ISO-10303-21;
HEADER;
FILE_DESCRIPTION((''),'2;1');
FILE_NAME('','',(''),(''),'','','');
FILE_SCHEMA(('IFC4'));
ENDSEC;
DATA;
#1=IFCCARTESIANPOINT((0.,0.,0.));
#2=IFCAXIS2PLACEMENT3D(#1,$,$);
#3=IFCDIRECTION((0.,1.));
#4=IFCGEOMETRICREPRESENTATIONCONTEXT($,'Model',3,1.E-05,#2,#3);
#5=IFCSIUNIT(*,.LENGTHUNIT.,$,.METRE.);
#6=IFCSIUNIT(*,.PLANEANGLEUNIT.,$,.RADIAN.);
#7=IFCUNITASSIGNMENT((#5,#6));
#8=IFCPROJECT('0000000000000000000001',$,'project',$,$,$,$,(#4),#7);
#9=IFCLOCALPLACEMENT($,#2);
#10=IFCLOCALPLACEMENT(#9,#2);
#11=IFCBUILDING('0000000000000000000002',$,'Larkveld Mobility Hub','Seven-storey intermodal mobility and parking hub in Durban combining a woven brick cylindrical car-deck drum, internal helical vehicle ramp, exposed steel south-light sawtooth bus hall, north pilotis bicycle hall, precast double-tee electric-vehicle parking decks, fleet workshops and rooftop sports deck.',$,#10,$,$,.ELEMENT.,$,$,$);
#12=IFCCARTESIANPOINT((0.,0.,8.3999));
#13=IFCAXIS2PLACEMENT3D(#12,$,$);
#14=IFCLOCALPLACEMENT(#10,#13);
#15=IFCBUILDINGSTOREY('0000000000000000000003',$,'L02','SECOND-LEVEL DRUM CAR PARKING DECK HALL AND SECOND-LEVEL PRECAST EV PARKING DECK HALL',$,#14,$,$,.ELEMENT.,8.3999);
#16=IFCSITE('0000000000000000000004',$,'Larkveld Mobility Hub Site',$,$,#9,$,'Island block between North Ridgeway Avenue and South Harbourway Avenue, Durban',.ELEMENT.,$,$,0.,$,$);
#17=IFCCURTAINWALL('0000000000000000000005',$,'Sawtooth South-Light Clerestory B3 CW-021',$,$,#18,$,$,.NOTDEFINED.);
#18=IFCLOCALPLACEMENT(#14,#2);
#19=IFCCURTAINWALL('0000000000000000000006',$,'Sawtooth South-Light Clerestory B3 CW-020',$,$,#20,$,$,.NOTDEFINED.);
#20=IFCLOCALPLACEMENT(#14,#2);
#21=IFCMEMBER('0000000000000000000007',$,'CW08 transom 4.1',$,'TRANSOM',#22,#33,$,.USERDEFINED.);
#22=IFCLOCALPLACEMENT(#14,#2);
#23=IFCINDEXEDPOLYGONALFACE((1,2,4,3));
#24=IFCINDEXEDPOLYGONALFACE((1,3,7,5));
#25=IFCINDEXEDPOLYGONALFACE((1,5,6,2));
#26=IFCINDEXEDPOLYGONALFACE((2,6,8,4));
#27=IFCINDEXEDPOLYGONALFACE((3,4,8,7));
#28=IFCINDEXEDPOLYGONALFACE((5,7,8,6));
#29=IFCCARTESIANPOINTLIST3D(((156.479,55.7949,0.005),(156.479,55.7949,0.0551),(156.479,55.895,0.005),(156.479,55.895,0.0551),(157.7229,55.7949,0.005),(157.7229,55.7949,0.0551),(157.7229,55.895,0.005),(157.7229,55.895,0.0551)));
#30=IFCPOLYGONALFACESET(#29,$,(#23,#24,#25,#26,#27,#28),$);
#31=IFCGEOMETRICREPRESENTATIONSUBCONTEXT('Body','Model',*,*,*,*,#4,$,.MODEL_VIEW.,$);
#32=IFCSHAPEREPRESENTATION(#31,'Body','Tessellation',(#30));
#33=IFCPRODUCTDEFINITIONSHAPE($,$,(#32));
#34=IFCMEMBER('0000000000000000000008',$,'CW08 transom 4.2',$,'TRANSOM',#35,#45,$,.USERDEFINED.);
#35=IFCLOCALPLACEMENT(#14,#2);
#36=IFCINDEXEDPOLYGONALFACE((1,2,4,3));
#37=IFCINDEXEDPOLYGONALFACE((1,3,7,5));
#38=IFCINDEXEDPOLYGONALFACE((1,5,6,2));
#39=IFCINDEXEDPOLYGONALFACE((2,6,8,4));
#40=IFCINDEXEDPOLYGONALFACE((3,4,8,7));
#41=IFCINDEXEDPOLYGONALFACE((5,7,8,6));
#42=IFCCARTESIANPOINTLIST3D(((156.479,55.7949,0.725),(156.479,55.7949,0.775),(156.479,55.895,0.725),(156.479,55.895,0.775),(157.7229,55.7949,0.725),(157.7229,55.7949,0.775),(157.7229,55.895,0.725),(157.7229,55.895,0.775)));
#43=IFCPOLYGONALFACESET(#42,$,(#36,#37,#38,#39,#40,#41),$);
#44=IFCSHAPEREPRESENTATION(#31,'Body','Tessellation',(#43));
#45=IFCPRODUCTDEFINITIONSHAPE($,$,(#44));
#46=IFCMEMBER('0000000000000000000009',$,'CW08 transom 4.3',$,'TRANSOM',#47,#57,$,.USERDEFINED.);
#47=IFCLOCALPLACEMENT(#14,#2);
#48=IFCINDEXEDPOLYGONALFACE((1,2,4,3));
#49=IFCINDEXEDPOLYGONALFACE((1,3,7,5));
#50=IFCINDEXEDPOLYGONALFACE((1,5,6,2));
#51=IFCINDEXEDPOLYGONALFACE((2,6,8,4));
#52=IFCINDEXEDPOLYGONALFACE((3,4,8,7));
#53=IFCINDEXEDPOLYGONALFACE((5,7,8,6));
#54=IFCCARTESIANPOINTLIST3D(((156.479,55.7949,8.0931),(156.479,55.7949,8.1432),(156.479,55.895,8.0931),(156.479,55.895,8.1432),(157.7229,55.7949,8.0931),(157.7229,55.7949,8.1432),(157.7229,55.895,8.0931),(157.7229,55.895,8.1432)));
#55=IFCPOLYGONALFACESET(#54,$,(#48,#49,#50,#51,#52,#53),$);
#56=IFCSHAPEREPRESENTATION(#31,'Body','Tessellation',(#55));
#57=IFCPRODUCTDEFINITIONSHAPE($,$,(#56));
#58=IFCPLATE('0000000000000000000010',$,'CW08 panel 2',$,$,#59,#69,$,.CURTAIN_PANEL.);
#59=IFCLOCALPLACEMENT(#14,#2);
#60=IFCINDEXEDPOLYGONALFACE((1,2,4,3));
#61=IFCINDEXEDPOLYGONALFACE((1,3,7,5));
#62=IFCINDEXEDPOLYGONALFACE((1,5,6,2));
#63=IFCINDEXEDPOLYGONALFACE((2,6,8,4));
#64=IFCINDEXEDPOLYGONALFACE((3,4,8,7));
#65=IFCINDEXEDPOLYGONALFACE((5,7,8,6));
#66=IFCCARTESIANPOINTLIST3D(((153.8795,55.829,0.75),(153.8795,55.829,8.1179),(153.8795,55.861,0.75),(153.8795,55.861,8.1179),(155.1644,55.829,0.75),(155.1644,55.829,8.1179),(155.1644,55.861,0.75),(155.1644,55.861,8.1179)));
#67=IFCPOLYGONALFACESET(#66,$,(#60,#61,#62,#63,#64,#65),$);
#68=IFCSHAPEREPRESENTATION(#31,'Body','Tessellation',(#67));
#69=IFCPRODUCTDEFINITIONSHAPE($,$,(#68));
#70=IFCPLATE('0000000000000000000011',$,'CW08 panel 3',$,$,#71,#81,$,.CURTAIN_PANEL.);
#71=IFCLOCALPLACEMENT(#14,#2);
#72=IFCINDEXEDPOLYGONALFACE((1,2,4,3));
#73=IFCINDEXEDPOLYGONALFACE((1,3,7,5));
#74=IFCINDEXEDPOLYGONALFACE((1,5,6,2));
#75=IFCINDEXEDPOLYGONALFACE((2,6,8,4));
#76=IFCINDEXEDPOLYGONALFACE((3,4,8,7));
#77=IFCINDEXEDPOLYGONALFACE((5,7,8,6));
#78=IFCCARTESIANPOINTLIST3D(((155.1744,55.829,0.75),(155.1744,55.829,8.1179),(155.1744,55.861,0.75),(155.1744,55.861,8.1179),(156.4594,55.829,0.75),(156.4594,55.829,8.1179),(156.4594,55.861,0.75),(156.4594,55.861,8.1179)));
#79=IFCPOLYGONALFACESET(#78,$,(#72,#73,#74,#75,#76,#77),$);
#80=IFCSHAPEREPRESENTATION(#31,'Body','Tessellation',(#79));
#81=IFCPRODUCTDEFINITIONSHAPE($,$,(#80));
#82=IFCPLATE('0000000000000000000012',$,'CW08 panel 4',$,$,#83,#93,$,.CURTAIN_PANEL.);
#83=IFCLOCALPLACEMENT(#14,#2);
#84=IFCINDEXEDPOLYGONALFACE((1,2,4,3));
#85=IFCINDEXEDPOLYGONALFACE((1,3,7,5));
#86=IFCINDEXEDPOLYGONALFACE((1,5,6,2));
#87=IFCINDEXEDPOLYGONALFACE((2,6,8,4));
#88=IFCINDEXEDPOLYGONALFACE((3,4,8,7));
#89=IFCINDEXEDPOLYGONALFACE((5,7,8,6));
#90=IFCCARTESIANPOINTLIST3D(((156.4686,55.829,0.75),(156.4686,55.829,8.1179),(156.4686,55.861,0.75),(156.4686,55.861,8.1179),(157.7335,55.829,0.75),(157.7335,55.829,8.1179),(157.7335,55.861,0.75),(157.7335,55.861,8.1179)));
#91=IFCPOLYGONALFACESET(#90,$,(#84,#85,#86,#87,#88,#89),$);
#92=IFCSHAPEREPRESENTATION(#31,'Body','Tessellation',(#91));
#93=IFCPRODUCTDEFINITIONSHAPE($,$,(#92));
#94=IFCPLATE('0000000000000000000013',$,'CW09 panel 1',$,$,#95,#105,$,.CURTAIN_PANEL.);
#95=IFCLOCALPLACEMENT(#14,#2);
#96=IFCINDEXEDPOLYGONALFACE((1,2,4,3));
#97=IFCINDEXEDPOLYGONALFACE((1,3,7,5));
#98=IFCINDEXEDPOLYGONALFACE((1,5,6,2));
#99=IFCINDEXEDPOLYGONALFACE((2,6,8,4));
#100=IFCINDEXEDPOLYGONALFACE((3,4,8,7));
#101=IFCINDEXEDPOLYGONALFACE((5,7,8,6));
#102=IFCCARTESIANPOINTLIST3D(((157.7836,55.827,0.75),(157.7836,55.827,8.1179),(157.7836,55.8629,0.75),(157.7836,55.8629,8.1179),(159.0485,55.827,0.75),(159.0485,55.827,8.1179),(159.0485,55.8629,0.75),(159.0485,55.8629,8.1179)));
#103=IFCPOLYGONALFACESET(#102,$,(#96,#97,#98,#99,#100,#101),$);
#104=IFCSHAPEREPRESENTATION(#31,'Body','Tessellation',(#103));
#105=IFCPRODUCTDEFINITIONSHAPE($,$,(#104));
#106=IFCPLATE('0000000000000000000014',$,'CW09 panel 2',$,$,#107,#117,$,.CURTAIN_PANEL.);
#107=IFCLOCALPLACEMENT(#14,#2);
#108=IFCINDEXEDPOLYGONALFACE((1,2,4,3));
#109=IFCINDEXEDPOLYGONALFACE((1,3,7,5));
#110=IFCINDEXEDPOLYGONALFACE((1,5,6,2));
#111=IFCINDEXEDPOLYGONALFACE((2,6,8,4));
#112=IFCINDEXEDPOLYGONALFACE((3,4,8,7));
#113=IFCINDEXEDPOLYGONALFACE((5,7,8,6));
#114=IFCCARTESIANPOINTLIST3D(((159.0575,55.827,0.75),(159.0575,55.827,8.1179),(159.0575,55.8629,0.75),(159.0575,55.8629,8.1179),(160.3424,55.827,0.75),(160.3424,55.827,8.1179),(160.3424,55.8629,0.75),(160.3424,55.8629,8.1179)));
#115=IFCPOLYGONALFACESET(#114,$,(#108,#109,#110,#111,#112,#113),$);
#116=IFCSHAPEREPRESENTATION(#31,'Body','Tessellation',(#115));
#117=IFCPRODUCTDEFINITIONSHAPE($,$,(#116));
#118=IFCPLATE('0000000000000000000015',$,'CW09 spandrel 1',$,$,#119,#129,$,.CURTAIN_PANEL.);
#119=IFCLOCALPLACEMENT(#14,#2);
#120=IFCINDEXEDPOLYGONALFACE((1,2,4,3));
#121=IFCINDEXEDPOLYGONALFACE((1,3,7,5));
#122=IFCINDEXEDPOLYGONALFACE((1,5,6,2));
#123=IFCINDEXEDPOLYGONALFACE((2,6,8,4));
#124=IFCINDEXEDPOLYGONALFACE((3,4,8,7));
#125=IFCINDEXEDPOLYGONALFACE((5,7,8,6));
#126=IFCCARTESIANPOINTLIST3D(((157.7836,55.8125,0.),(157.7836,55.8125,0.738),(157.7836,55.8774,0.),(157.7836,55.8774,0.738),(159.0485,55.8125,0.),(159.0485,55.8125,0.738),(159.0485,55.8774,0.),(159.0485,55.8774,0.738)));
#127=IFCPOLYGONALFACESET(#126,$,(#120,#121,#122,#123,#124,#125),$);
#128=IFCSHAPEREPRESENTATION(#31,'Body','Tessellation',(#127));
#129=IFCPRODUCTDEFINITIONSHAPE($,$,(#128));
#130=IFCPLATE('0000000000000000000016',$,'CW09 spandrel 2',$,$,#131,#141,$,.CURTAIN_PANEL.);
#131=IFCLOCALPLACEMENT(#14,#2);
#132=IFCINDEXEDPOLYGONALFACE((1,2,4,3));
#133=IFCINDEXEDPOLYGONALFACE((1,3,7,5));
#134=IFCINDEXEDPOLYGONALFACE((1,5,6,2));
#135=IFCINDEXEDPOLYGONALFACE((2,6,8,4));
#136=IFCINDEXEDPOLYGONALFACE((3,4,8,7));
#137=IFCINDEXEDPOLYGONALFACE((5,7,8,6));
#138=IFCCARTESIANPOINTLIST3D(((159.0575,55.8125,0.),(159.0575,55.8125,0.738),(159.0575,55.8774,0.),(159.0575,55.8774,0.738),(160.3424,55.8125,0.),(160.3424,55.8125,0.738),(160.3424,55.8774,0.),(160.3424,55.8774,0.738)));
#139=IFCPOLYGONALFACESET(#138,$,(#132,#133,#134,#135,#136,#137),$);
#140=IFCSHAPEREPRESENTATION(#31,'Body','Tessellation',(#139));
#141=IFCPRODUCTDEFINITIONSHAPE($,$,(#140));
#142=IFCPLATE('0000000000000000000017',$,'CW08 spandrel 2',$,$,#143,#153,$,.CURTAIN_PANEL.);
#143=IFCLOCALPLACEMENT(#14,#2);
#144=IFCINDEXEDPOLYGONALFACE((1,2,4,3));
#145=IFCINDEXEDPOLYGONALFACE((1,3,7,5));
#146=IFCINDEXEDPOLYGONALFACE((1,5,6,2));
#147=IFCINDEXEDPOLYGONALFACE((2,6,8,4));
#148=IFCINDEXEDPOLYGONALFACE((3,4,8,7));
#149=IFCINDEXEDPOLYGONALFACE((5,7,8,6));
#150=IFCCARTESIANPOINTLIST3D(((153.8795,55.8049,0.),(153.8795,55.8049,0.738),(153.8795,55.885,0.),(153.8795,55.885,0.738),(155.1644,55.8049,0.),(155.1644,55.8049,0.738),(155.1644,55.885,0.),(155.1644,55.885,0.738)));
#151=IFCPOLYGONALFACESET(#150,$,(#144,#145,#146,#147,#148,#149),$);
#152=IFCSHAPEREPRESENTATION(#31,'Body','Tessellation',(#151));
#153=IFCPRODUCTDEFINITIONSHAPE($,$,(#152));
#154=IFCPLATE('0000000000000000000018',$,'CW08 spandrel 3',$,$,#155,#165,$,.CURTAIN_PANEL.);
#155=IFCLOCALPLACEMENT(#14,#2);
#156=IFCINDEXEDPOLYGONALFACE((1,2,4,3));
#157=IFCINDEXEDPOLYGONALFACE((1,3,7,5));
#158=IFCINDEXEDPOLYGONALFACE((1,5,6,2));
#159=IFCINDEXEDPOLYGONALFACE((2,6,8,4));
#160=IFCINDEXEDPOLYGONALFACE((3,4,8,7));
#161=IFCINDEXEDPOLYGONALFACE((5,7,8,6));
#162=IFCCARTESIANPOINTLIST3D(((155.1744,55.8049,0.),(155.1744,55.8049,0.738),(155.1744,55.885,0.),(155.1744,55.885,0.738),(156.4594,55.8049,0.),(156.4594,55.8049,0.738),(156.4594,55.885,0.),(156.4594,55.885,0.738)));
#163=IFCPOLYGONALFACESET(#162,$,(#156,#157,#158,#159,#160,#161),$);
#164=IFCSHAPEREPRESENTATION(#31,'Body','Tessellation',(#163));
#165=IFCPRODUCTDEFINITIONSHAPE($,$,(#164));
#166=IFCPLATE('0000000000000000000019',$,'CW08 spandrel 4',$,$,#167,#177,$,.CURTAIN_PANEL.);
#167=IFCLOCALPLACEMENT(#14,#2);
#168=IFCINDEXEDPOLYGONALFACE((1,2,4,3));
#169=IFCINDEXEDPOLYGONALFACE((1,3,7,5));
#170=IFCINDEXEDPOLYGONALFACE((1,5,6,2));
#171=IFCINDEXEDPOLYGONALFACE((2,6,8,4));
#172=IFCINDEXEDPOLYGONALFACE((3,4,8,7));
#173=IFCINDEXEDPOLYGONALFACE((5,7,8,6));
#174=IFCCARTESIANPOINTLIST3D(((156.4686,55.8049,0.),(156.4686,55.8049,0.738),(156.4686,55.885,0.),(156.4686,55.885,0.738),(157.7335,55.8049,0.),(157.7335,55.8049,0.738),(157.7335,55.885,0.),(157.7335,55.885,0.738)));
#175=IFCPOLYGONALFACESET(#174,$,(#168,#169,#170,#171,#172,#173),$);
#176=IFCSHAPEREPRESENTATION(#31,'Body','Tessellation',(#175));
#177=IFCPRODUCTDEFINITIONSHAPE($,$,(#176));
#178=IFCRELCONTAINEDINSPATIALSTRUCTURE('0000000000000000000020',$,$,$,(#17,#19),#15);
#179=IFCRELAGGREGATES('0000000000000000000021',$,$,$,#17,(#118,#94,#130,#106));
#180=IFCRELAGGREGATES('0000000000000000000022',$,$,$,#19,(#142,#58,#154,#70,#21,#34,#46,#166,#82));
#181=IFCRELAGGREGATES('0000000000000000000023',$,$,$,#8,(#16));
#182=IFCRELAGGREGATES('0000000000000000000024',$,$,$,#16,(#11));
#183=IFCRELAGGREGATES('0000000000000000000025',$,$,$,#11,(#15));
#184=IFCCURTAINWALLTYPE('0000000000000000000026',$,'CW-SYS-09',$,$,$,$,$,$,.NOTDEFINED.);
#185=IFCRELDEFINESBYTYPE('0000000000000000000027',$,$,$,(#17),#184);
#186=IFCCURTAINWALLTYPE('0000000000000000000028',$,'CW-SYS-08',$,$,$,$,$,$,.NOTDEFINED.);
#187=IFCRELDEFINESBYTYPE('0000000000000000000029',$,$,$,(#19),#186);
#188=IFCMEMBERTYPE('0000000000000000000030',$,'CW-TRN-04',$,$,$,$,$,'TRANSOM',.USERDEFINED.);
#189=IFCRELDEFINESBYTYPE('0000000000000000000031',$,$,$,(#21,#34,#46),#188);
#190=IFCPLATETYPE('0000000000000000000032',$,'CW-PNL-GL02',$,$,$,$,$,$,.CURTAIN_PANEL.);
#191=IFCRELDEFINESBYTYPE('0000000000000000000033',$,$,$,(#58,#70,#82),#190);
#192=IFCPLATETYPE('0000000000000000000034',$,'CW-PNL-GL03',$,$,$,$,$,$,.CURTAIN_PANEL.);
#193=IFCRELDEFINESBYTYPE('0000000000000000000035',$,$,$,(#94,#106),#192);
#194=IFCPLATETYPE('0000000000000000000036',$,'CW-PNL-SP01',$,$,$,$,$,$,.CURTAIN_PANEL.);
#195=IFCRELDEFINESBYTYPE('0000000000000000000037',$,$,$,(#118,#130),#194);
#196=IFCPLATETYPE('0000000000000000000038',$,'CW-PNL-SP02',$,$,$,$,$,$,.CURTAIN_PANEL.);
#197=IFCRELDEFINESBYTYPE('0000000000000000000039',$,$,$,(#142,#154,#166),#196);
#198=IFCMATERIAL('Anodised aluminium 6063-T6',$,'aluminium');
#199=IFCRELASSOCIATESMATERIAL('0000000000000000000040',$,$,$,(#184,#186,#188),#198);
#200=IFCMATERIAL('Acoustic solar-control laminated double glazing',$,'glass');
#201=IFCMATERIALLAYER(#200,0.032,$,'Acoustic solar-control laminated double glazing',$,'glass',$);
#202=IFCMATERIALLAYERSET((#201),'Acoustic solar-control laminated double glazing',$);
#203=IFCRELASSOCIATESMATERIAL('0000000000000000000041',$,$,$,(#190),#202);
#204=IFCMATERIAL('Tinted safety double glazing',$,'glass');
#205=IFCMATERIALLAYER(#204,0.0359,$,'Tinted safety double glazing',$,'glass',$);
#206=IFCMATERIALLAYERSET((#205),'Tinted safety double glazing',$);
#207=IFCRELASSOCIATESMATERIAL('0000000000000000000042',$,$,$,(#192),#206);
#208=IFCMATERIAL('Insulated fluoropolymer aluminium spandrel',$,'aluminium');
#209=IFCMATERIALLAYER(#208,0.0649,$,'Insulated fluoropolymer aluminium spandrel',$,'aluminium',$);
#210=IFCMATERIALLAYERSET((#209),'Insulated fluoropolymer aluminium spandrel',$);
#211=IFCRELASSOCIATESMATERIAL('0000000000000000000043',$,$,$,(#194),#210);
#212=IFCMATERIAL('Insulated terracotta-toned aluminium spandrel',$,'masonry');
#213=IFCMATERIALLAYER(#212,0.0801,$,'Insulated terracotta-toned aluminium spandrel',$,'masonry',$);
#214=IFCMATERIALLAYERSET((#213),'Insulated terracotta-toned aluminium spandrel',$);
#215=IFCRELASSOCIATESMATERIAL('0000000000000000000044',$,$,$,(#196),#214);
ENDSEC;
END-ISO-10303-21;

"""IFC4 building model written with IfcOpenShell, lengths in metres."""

from ifc_helpers import new_model, si_unit, direction, frame, origin, origin_2d, place, context, subcontext, project, spatial, rectangle, extrude, material, layer, layer_set, material_profile, profile_set, type_object, element, aggregate, save


model = new_model("IFC4")

# Units and contexts
model_context = context("Model", 3, precision=1e-05, world=origin(), true_north=direction((0.0, 1.0)))
body_context = subcontext(model_context, "Body", "Model", "MODEL_VIEW")
ifc_project = project(units=[si_unit("LENGTHUNIT", "METRE"), si_unit("PLANEANGLEUNIT", "RADIAN")], contexts=[model_context])

# Site, building, storey
site_placement = place(None, origin())
site = spatial("IfcSite", under=ifc_project, at=site_placement, Name="Larkveld Mobility Hub Site", LongName="Island block between North Ridgeway Avenue and South Harbourway Avenue, Durban", CompositionType="ELEMENT", RefElevation=0.0)
building_placement = place(site_placement, origin())
building = spatial("IfcBuilding", under=site, at=building_placement, Name="Larkveld Mobility Hub", Description="Seven-storey intermodal mobility and parking hub in Durban combining a woven brick cylindrical car-deck drum, internal helical vehicle ramp, exposed steel south-light sawtooth bus hall, north pilotis bicycle hall, precast double-tee electric-vehicle parking decks, fleet workshops and rooftop sports deck.", CompositionType="ELEMENT")
storey_placement = place(building_placement, frame((0.0, 0.0, 8.3999)))
storey = spatial("IfcBuildingStorey", under=building, at=storey_placement, Name="L02", Description="SECOND-LEVEL DRUM CAR PARKING DECK HALL AND SECOND-LEVEL PRECAST EV PARKING DECK HALL", CompositionType="ELEMENT", Elevation=8.3999)

# Curtain walls
ifc_material_1 = material(Name="Anodised aluminium 6063-T6", Category="aluminium")
curtain_wall_type_1 = type_object("IfcCurtainWallType", Name="CW-SYS-09", PredefinedType="NOTDEFINED", material=ifc_material_1)
curtain_wall_1_placement = place(storey_placement, origin())
curtain_wall_1 = element("IfcCurtainWall", 1, at=curtain_wall_1_placement, inside=storey, type_object=curtain_wall_type_1, Name="Sawtooth South-Light Clerestory B3 CW-021", PredefinedType="NOTDEFINED")
curtain_wall_type_2 = type_object("IfcCurtainWallType", Name="CW-SYS-08", PredefinedType="NOTDEFINED", material=ifc_material_1)
curtain_wall_2_placement = place(storey_placement, origin())
curtain_wall_2 = element("IfcCurtainWall", 2, at=curtain_wall_2_placement, inside=storey, type_object=curtain_wall_type_2, Name="Sawtooth South-Light Clerestory B3 CW-020", PredefinedType="NOTDEFINED")

# Members
ifc_material_profile_1 = material_profile(ifc_material_1, rectangle(XDim=0.1001, YDim=0.05, at=origin_2d()), Name="ALU TRAN 50x100")
ifc_profile_set_1 = profile_set([ifc_material_profile_1], Name="Anodised aluminium 6063-T6")
member_type_1 = type_object("IfcMemberType", Name="CW-TRN-04", ElementType="TRANSOM", PredefinedType="USERDEFINED", material=ifc_profile_set_1)
member_1_placement = place(storey_placement, frame((156.479, 55.845, 0.03), z_axis=(1.0, 0.0, 0.0), x_axis=(0.0, 1.0, 0.0)))
member_1 = element("IfcMember", 3, at=member_1_placement, type_object=member_type_1, Name="CW08 transom 4.1", ObjectType="TRANSOM", PredefinedType="USERDEFINED", context=body_context, shape_type="SweptSolid", body=[
    extrude(rectangle(XDim=0.1001, YDim=0.05, at=origin_2d()), origin(), (0.0, 0.0, 1.0), 1.2439),
])
member_2_placement = place(storey_placement, frame((156.479, 55.845, 0.75), z_axis=(1.0, 0.0, 0.0), x_axis=(0.0, 1.0, 0.0)))
member_2 = element("IfcMember", 4, at=member_2_placement, type_object=member_type_1, Name="CW08 transom 4.2", ObjectType="TRANSOM", PredefinedType="USERDEFINED", context=body_context, shape_type="SweptSolid", body=[
    extrude(rectangle(XDim=0.1001, YDim=0.05, at=origin_2d()), origin(), (0.0, 0.0, 1.0), 1.2439),
])
member_3_placement = place(storey_placement, frame((156.479, 55.845, 8.1182), z_axis=(1.0, 0.0, 0.0), x_axis=(0.0, 1.0, 0.0)))
member_3 = element("IfcMember", 5, at=member_3_placement, type_object=member_type_1, Name="CW08 transom 4.3", ObjectType="TRANSOM", PredefinedType="USERDEFINED", context=body_context, shape_type="SweptSolid", body=[
    extrude(rectangle(XDim=0.1001, YDim=0.05, at=origin_2d()), origin(), (0.0, 0.0, 1.0), 1.2439),
])

# Plates
ifc_material_2 = material(Name="Acoustic solar-control laminated double glazing", Category="glass")
ifc_layer_1 = layer(ifc_material_2, 0.032, Name="Acoustic solar-control laminated double glazing", Category="glass")
ifc_layer_set_1 = layer_set([ifc_layer_1], Name="Acoustic solar-control laminated double glazing")
plate_type_1 = type_object("IfcPlateType", Name="CW-PNL-GL02", PredefinedType="CURTAIN_PANEL", material=ifc_layer_set_1)
plate_1_placement = place(storey_placement, frame((154.522, 55.845, 0.75), z_axis=(0.0, 0.0, 1.0), x_axis=(1.0, 0.0, 0.0)))
plate_1 = element("IfcPlate", 6, at=plate_1_placement, type_object=plate_type_1, Name="CW08 panel 2", PredefinedType="CURTAIN_PANEL", context=body_context, shape_type="SweptSolid", body=[
    extrude(rectangle(XDim=1.2849, YDim=0.032, at=origin_2d()), origin(), (0.0, 0.0, 1.0), 7.3679),
])
plate_2_placement = place(storey_placement, frame((155.8169, 55.845, 0.75), z_axis=(0.0, 0.0, 1.0), x_axis=(1.0, 0.0, 0.0)))
plate_2 = element("IfcPlate", 7, at=plate_2_placement, type_object=plate_type_1, Name="CW08 panel 3", PredefinedType="CURTAIN_PANEL", context=body_context, shape_type="SweptSolid", body=[
    extrude(rectangle(XDim=1.2849, YDim=0.032, at=origin_2d()), origin(), (0.0, 0.0, 1.0), 7.3679),
])
plate_3_placement = place(storey_placement, frame((157.1011, 55.845, 0.75), z_axis=(0.0, 0.0, 1.0), x_axis=(1.0, 0.0, 0.0)))
plate_3 = element("IfcPlate", 8, at=plate_3_placement, type_object=plate_type_1, Name="CW08 panel 4", PredefinedType="CURTAIN_PANEL", context=body_context, shape_type="SweptSolid", body=[
    extrude(rectangle(XDim=1.2649, YDim=0.032, at=origin_2d()), origin(), (0.0, 0.0, 1.0), 7.3679),
])
ifc_material_3 = material(Name="Tinted safety double glazing", Category="glass")
ifc_layer_2 = layer(ifc_material_3, 0.0359, Name="Tinted safety double glazing", Category="glass")
ifc_layer_set_2 = layer_set([ifc_layer_2], Name="Tinted safety double glazing")
plate_type_2 = type_object("IfcPlateType", Name="CW-PNL-GL03", PredefinedType="CURTAIN_PANEL", material=ifc_layer_set_2)
plate_4_placement = place(storey_placement, frame((158.416, 55.845, 0.75), z_axis=(0.0, 0.0, 1.0), x_axis=(1.0, 0.0, 0.0)))
plate_4 = element("IfcPlate", 9, at=plate_4_placement, type_object=plate_type_2, Name="CW09 panel 1", PredefinedType="CURTAIN_PANEL", context=body_context, shape_type="SweptSolid", body=[
    extrude(rectangle(XDim=1.2649, YDim=0.0359, at=origin_2d()), origin(), (0.0, 0.0, 1.0), 7.3679),
])
plate_5_placement = place(storey_placement, frame((159.7, 55.845, 0.75), z_axis=(0.0, 0.0, 1.0), x_axis=(1.0, 0.0, 0.0)))
plate_5 = element("IfcPlate", 10, at=plate_5_placement, type_object=plate_type_2, Name="CW09 panel 2", PredefinedType="CURTAIN_PANEL", context=body_context, shape_type="SweptSolid", body=[
    extrude(rectangle(XDim=1.2849, YDim=0.0359, at=origin_2d()), origin(), (0.0, 0.0, 1.0), 7.3679),
])
ifc_material_4 = material(Name="Insulated fluoropolymer aluminium spandrel", Category="aluminium")
ifc_layer_3 = layer(ifc_material_4, 0.0649, Name="Insulated fluoropolymer aluminium spandrel", Category="aluminium")
ifc_layer_set_3 = layer_set([ifc_layer_3], Name="Insulated fluoropolymer aluminium spandrel")
plate_type_3 = type_object("IfcPlateType", Name="CW-PNL-SP01", PredefinedType="CURTAIN_PANEL", material=ifc_layer_set_3)
plate_6_placement = place(storey_placement, frame((158.416, 55.845, 0.0), z_axis=(0.0, 0.0, 1.0), x_axis=(1.0, 0.0, 0.0)))
plate_6 = element("IfcPlate", 11, at=plate_6_placement, type_object=plate_type_3, Name="CW09 spandrel 1", PredefinedType="CURTAIN_PANEL", context=body_context, shape_type="SweptSolid", body=[
    extrude(rectangle(XDim=1.2649, YDim=0.0649, at=origin_2d()), origin(), (0.0, 0.0, 1.0), 0.738),
])
plate_7_placement = place(storey_placement, frame((159.7, 55.845, 0.0), z_axis=(0.0, 0.0, 1.0), x_axis=(1.0, 0.0, 0.0)))
plate_7 = element("IfcPlate", 12, at=plate_7_placement, type_object=plate_type_3, Name="CW09 spandrel 2", PredefinedType="CURTAIN_PANEL", context=body_context, shape_type="SweptSolid", body=[
    extrude(rectangle(XDim=1.2849, YDim=0.0649, at=origin_2d()), origin(), (0.0, 0.0, 1.0), 0.738),
])
aggregate(curtain_wall_1, [plate_6, plate_4, plate_7, plate_5])
ifc_material_5 = material(Name="Insulated terracotta-toned aluminium spandrel", Category="masonry")
ifc_layer_4 = layer(ifc_material_5, 0.0801, Name="Insulated terracotta-toned aluminium spandrel", Category="masonry")
ifc_layer_set_4 = layer_set([ifc_layer_4], Name="Insulated terracotta-toned aluminium spandrel")
plate_type_4 = type_object("IfcPlateType", Name="CW-PNL-SP02", PredefinedType="CURTAIN_PANEL", material=ifc_layer_set_4)
plate_8_placement = place(storey_placement, frame((154.522, 55.845, 0.0), z_axis=(0.0, 0.0, 1.0), x_axis=(1.0, 0.0, 0.0)))
plate_8 = element("IfcPlate", 13, at=plate_8_placement, type_object=plate_type_4, Name="CW08 spandrel 2", PredefinedType="CURTAIN_PANEL", context=body_context, shape_type="SweptSolid", body=[
    extrude(rectangle(XDim=1.2849, YDim=0.0801, at=origin_2d()), origin(), (0.0, 0.0, 1.0), 0.738),
])
plate_9_placement = place(storey_placement, frame((155.8169, 55.845, 0.0), z_axis=(0.0, 0.0, 1.0), x_axis=(1.0, 0.0, 0.0)))
plate_9 = element("IfcPlate", 14, at=plate_9_placement, type_object=plate_type_4, Name="CW08 spandrel 3", PredefinedType="CURTAIN_PANEL", context=body_context, shape_type="SweptSolid", body=[
    extrude(rectangle(XDim=1.2849, YDim=0.0801, at=origin_2d()), origin(), (0.0, 0.0, 1.0), 0.738),
])
plate_10_placement = place(storey_placement, frame((157.1011, 55.845, 0.0), z_axis=(0.0, 0.0, 1.0), x_axis=(1.0, 0.0, 0.0)))
plate_10 = element("IfcPlate", 15, at=plate_10_placement, type_object=plate_type_4, Name="CW08 spandrel 4", PredefinedType="CURTAIN_PANEL", context=body_context, shape_type="SweptSolid", body=[
    extrude(rectangle(XDim=1.2649, YDim=0.0801, at=origin_2d()), origin(), (0.0, 0.0, 1.0), 0.738),
])
aggregate(curtain_wall_2, [plate_8, plate_1, plate_9, plate_2, member_1, member_2, member_3, plate_10, plate_3])

save(model, "model.ifc")
